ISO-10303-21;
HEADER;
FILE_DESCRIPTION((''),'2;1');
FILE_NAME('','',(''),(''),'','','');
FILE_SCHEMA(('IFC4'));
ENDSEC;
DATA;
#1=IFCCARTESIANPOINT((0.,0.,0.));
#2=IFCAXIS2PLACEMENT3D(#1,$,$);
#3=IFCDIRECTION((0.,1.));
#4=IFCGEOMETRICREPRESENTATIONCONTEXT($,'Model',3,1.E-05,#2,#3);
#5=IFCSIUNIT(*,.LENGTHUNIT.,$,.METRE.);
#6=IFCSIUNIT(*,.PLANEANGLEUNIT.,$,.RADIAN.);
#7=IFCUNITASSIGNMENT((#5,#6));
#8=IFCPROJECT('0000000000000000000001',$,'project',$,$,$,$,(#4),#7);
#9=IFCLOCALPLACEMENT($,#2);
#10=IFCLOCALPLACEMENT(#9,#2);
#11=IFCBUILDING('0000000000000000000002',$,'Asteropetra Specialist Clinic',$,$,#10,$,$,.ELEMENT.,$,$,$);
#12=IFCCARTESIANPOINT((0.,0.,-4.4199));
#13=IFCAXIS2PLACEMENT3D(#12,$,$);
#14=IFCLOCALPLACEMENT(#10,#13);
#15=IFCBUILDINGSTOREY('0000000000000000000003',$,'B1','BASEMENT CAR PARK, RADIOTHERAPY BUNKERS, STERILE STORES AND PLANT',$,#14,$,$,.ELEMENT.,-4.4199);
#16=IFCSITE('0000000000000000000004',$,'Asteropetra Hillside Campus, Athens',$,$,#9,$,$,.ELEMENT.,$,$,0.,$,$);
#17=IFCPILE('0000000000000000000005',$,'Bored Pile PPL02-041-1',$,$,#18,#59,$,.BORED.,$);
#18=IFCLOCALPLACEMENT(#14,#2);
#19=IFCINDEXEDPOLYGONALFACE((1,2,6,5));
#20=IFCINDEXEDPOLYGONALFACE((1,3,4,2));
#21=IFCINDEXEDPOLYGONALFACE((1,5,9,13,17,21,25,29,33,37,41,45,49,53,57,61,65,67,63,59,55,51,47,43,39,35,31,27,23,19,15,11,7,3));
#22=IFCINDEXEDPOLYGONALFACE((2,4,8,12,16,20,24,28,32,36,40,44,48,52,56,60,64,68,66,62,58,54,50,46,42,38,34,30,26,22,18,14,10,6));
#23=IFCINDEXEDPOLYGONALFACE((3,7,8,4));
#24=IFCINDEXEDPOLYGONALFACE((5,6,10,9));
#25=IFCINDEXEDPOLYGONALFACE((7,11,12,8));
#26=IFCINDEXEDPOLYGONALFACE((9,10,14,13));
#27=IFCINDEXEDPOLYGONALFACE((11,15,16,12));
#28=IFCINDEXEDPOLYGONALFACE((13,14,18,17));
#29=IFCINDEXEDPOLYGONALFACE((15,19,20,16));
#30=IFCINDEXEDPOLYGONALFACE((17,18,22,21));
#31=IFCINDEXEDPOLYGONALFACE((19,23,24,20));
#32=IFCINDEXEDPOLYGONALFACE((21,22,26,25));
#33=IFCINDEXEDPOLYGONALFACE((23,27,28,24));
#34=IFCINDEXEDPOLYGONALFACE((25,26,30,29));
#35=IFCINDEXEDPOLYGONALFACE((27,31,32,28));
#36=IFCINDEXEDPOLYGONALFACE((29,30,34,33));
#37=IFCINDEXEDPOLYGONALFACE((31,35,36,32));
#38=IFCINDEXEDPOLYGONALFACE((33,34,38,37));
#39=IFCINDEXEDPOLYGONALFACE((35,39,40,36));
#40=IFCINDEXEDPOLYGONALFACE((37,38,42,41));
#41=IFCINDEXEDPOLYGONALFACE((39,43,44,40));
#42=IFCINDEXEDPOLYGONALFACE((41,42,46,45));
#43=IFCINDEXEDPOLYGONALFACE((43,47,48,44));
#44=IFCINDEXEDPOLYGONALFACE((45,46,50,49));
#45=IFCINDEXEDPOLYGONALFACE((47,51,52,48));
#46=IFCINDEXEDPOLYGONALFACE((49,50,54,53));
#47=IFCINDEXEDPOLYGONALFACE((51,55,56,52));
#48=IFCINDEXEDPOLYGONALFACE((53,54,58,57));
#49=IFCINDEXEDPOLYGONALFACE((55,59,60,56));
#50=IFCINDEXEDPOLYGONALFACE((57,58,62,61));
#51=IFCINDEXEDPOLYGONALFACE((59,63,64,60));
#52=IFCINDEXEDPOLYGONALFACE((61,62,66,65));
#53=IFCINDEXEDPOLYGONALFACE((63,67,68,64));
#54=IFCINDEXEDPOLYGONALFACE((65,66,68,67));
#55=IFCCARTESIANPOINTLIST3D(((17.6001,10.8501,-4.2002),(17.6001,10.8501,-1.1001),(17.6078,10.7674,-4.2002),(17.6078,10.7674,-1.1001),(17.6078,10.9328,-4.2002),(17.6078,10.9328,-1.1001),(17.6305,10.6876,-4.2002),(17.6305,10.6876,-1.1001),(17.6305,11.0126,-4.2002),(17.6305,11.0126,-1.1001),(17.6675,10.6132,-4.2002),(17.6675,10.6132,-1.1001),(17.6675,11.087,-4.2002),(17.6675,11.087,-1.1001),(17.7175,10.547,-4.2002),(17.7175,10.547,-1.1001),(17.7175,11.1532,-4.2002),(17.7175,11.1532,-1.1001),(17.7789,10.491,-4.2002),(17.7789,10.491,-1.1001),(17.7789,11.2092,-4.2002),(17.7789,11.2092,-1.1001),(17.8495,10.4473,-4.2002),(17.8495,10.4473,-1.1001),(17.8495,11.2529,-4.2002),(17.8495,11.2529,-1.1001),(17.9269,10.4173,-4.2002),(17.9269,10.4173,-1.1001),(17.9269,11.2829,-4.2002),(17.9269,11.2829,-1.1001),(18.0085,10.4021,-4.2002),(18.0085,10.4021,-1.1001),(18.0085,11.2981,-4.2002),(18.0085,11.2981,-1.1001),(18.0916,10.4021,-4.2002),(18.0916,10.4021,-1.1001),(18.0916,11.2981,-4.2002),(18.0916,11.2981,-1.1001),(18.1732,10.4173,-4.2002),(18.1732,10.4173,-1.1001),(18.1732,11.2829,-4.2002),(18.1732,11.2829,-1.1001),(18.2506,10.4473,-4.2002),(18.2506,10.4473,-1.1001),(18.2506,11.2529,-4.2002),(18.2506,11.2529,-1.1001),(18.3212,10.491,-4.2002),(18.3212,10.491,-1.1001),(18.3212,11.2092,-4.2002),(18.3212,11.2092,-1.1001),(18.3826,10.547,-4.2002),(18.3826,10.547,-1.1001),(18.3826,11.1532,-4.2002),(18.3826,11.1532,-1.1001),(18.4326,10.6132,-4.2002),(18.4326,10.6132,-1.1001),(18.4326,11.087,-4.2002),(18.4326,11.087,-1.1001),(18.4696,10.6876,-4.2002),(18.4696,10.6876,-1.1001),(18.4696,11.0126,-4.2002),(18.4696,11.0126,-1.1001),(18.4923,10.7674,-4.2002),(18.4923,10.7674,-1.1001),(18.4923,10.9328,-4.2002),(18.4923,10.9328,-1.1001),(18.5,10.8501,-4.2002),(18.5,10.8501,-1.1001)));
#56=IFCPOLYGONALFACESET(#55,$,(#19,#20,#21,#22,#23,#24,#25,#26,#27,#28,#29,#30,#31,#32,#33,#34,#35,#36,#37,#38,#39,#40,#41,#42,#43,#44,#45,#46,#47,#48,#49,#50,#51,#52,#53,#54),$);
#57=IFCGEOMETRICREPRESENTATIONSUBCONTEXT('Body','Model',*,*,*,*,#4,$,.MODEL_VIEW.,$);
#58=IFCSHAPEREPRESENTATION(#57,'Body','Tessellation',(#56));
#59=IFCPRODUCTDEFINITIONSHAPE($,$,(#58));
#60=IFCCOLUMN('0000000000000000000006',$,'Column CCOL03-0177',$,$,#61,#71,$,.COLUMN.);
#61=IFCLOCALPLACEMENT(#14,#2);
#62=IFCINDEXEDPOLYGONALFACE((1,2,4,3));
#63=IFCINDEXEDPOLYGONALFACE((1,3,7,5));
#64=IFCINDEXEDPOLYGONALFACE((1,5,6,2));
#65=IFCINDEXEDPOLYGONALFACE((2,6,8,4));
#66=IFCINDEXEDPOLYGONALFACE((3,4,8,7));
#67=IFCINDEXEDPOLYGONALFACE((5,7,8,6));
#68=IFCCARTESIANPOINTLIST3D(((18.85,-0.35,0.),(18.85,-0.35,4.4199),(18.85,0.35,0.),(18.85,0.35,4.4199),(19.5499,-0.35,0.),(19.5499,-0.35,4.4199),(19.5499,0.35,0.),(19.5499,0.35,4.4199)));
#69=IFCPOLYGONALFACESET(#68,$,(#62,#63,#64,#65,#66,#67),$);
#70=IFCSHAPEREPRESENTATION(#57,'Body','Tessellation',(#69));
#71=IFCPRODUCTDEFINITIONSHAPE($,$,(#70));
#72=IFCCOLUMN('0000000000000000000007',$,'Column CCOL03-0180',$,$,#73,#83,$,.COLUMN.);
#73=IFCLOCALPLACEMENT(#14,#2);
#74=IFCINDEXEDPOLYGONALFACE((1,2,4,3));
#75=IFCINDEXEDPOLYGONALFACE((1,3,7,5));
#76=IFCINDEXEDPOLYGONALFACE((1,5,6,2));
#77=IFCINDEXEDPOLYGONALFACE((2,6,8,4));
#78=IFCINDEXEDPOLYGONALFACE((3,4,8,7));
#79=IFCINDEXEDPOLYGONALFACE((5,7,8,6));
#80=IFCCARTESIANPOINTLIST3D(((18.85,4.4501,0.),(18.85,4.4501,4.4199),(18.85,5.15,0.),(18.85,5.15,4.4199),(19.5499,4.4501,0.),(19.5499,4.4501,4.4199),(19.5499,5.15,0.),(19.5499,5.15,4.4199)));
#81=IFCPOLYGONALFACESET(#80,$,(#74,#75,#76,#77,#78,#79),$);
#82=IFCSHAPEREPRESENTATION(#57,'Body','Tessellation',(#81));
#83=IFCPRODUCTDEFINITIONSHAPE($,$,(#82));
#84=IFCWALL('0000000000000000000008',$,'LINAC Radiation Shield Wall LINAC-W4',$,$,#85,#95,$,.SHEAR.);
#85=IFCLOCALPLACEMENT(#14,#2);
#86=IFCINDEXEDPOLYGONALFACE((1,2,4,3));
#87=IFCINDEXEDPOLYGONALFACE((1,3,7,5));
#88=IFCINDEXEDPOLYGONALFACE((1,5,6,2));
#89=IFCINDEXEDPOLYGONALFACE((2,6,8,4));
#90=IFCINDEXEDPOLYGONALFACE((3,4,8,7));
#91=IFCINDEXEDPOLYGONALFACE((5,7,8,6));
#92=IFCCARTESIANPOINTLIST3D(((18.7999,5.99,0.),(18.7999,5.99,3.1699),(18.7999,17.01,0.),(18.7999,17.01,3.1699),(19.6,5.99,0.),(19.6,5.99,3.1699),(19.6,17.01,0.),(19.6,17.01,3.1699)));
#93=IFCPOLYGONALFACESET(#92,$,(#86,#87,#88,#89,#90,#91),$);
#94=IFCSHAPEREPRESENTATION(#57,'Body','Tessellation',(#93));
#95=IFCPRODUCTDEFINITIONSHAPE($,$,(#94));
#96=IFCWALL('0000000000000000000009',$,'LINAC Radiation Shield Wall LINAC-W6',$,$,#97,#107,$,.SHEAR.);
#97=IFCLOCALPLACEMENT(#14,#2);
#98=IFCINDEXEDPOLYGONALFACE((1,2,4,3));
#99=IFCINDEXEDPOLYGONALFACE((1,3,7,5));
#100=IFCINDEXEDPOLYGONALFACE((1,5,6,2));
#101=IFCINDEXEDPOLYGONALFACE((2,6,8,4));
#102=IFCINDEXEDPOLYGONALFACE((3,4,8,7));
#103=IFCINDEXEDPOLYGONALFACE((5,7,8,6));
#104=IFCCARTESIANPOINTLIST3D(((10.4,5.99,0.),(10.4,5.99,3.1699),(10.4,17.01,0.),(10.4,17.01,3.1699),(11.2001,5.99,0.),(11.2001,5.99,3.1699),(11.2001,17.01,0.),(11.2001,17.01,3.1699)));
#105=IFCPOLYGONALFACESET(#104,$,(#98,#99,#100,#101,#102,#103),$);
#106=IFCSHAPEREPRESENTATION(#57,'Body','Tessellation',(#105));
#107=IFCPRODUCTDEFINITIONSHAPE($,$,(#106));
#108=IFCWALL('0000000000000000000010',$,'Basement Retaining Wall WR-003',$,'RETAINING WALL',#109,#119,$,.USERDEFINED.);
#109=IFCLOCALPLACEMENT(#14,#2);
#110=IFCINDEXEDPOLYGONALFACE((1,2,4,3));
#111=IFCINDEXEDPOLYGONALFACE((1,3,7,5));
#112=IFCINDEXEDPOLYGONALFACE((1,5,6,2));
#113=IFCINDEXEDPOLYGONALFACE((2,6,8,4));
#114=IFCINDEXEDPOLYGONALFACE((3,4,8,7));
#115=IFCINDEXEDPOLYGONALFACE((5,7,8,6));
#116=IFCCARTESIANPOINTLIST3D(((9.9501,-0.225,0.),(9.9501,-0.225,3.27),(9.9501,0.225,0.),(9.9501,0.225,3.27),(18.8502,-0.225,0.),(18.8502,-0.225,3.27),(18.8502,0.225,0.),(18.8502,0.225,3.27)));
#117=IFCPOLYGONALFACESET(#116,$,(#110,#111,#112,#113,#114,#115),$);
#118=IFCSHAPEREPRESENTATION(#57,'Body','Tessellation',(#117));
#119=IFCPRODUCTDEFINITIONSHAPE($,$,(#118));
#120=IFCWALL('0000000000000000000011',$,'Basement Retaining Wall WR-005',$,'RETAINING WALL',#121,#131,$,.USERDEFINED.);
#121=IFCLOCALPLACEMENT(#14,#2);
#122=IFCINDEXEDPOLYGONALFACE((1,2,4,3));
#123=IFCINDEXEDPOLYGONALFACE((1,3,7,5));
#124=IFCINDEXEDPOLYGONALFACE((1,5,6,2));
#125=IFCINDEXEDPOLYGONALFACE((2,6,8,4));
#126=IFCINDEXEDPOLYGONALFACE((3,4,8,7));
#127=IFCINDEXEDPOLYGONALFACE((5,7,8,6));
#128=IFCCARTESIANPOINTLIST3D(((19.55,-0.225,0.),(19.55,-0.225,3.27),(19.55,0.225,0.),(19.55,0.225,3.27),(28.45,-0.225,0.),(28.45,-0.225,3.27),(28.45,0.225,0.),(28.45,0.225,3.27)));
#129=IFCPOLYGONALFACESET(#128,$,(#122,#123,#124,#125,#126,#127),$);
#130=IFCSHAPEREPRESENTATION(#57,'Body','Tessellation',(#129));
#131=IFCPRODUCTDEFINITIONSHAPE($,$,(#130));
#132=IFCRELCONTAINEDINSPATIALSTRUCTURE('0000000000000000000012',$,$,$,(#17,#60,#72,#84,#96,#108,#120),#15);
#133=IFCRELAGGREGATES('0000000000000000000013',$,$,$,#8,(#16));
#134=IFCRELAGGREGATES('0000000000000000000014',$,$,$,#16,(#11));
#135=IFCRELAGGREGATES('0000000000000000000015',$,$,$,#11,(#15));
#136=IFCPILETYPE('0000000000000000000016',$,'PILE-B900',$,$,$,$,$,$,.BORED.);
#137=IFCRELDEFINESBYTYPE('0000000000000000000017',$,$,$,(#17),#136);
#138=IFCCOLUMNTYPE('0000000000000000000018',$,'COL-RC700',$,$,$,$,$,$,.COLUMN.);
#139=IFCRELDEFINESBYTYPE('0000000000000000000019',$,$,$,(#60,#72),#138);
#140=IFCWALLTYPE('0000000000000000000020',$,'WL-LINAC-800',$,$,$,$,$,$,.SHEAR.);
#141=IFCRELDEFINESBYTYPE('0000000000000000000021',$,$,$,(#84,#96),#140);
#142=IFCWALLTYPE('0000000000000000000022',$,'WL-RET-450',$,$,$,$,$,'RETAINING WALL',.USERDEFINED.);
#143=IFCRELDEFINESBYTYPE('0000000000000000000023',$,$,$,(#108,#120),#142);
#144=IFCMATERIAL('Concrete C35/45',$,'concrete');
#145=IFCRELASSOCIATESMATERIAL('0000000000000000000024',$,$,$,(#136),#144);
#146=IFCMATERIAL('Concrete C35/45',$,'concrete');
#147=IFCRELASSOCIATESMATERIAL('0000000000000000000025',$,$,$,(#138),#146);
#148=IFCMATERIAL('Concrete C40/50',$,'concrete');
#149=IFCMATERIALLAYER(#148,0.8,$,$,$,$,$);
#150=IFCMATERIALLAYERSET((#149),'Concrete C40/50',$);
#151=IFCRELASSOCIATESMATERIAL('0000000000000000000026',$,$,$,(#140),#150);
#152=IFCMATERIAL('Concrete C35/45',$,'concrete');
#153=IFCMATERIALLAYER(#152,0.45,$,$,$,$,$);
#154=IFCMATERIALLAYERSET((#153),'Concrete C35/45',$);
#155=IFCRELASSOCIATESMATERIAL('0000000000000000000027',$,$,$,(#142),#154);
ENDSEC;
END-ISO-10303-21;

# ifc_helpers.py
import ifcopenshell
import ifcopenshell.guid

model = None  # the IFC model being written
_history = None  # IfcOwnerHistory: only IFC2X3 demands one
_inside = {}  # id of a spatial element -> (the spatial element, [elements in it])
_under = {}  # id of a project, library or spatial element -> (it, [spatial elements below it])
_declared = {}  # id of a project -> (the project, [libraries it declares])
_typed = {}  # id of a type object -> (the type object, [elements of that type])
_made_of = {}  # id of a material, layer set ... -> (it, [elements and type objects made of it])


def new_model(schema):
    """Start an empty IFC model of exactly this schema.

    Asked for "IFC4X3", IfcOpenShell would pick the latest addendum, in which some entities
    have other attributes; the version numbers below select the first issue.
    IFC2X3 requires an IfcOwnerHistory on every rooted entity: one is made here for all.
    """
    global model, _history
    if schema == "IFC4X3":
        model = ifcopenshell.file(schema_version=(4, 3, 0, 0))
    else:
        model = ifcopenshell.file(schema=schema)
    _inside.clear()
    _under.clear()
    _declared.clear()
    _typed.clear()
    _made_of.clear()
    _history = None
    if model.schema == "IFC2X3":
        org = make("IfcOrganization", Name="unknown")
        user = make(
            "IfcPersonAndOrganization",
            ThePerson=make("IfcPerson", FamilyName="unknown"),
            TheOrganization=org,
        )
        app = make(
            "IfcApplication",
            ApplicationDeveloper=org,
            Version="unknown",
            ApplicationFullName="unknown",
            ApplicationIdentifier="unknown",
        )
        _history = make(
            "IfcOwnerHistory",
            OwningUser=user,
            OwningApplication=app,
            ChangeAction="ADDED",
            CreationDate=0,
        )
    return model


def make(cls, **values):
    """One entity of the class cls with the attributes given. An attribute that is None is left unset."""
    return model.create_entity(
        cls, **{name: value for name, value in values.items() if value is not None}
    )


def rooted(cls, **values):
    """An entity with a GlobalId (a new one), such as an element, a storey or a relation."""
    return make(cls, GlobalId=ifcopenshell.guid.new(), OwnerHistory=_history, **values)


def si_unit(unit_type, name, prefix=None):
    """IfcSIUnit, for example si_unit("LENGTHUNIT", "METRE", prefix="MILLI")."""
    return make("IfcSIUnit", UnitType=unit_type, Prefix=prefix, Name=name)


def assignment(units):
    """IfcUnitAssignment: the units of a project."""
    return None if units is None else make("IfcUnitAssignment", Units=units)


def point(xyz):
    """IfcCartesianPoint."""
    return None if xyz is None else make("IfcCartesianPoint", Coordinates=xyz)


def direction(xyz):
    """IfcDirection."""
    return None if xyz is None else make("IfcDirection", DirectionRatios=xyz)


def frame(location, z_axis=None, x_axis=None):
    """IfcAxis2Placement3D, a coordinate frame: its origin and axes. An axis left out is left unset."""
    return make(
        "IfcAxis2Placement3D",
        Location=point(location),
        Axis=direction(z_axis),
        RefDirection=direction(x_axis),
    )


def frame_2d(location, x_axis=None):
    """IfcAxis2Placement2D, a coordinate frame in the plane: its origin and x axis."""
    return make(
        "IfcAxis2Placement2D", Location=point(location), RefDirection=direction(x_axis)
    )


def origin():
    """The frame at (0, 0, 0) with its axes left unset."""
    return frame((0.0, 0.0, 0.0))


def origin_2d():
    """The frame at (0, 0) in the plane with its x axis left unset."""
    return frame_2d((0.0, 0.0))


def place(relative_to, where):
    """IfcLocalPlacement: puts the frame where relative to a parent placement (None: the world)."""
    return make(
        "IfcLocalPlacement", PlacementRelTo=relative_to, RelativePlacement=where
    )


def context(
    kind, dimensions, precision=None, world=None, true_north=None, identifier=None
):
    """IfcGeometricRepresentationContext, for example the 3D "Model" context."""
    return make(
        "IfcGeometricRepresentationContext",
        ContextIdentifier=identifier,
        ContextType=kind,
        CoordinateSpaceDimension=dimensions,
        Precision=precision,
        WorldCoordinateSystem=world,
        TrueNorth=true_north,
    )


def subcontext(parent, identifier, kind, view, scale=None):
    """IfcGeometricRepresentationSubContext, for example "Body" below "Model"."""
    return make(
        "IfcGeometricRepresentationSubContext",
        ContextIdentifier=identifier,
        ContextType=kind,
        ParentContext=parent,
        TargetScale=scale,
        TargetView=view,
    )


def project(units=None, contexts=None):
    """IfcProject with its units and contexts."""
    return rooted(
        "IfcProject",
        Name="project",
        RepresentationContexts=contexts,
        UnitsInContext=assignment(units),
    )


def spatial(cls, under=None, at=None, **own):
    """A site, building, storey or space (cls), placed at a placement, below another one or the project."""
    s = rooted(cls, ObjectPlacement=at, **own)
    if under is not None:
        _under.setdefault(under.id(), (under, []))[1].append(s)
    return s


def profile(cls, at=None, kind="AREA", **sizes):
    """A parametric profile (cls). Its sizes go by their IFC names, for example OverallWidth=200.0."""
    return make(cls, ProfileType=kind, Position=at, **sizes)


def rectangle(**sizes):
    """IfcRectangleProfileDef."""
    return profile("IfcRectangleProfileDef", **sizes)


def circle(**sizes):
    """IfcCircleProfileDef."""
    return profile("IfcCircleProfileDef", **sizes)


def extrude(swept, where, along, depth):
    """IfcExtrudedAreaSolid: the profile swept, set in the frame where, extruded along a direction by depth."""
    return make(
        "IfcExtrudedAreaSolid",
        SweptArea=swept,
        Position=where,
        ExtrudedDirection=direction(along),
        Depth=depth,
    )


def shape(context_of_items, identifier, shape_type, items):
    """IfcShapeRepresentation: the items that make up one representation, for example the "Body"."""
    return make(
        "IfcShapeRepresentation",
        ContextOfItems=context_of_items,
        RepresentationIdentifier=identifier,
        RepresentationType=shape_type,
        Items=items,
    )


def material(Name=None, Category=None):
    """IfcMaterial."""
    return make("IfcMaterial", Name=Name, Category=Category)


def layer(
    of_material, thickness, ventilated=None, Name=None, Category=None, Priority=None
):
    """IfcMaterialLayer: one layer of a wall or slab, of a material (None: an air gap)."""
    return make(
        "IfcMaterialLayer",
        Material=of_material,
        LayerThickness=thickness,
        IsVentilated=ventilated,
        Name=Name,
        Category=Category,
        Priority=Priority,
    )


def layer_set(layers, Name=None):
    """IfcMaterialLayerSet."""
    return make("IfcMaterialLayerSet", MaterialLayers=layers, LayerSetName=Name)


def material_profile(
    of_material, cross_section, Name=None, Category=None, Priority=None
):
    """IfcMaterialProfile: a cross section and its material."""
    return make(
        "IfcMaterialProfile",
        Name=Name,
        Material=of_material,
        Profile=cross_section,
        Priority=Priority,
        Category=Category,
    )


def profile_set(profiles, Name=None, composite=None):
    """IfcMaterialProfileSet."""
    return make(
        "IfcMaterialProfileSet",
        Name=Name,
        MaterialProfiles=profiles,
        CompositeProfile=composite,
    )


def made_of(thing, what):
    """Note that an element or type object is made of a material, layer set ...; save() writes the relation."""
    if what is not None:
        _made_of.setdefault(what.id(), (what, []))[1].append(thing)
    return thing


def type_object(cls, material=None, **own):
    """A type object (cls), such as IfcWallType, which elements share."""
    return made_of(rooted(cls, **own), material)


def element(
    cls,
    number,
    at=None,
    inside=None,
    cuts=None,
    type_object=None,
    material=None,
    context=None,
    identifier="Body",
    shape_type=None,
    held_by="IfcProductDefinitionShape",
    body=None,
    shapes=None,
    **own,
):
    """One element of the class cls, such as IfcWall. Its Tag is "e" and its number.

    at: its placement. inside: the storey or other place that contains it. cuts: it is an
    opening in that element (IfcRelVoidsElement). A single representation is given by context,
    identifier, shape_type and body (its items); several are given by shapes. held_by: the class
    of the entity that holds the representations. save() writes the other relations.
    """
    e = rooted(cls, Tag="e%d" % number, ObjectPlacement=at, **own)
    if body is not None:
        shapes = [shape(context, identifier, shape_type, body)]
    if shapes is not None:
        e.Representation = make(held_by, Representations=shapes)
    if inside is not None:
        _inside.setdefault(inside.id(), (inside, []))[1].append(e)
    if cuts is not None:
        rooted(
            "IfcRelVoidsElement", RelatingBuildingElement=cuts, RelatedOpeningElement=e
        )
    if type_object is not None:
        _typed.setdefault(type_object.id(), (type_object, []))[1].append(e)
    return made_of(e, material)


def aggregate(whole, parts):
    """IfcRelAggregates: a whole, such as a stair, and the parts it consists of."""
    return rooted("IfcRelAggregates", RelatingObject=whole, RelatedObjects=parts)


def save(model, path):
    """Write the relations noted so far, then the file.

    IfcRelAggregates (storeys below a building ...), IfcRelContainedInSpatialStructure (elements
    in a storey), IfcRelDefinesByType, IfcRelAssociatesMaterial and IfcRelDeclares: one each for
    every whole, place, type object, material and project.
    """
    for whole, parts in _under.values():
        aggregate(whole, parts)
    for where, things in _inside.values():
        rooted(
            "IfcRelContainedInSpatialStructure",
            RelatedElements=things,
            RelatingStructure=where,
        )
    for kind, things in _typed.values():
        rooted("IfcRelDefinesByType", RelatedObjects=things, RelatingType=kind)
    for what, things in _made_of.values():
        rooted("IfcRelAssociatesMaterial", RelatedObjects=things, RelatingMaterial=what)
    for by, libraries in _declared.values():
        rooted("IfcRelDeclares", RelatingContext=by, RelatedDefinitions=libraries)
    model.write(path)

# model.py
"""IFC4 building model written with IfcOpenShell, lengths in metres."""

from ifc_helpers import new_model, si_unit, direction, frame, frame_2d, origin, origin_2d, place, context, subcontext, project, spatial, rectangle, circle, extrude, material, layer, layer_set, material_profile, profile_set, type_object, element, save


model = new_model("IFC4")

# Units and contexts
model_context = context("Model", 3, precision=1e-05, world=origin(), true_north=direction((0.0, 1.0)))
body_context = subcontext(model_context, "Body", "Model", "MODEL_VIEW")
ifc_project = project(units=[si_unit("LENGTHUNIT", "METRE"), si_unit("PLANEANGLEUNIT", "RADIAN")], contexts=[model_context])

# Site, building, storey
site_placement = place(None, origin())
site = spatial("IfcSite", under=ifc_project, at=site_placement, Name="Asteropetra Hillside Campus, Athens", CompositionType="ELEMENT", RefElevation=0.0)
building_placement = place(site_placement, origin())
building = spatial("IfcBuilding", under=site, at=building_placement, Name="Asteropetra Specialist Clinic", CompositionType="ELEMENT")
storey_placement = place(building_placement, frame((0.0, 0.0, -4.4199)))
storey = spatial("IfcBuildingStorey", under=building, at=storey_placement, Name="B1", Description="BASEMENT CAR PARK, RADIOTHERAPY BUNKERS, STERILE STORES AND PLANT", CompositionType="ELEMENT", Elevation=-4.4199)

# Pile
ifc_material_1 = material(Name="Concrete C35/45", Category="concrete")
ifc_material_profile_1 = material_profile(ifc_material_1, circle(Radius=0.45, at=origin_2d()), Name="PILE D900")
ifc_profile_set_1 = profile_set([ifc_material_profile_1], Name="Concrete C35/45")
pile_type_1 = type_object("IfcPileType", Name="PILE-B900", PredefinedType="BORED", material=ifc_profile_set_1)
for number, where, z_axis, x_axis, name in (
    (1, (18.05, 10.8501, -1.1001), (0.0, 0.0, -1.0), (1.0, 0.0, 0.0), "Bored Pile PPL02-041-1"),
):
    element("IfcPile", number, at=place(storey_placement, frame(where, z_axis=z_axis, x_axis=x_axis)), inside=storey, type_object=pile_type_1, Name=name, PredefinedType="BORED", context=body_context, shape_type="SweptSolid", body=[
        extrude(circle(Radius=0.45, at=origin_2d()), origin(), (0.0, 0.0, 1.0), 3.1001),
    ])

# Columns
ifc_material_2 = material(Name="Concrete C35/45", Category="concrete")
ifc_material_profile_2 = material_profile(ifc_material_2, rectangle(XDim=0.7, YDim=0.7, at=origin_2d()), Name="RC 700x700")
ifc_profile_set_2 = profile_set([ifc_material_profile_2], Name="Concrete C35/45")
column_type = type_object("IfcColumnType", Name="COL-RC700", PredefinedType="COLUMN", material=ifc_profile_set_2)
for number, where, z_axis, x_axis, name in (
    (2, (19.2, 0.0, 0.0), (0.0, 0.0, 1.0), (1.0, 0.0, 0.0), "Column CCOL03-0177"),
    (3, (19.2, 4.8, 0.0), (0.0, 0.0, 1.0), (1.0, 0.0, 0.0), "Column CCOL03-0180"),
):
    element("IfcColumn", number, at=place(storey_placement, frame(where, z_axis=z_axis, x_axis=x_axis)), inside=storey, type_object=column_type, Name=name, PredefinedType="COLUMN", context=body_context, shape_type="SweptSolid", body=[
        extrude(rectangle(XDim=0.7, YDim=0.7, at=origin_2d()), origin(), (0.0, 0.0, 1.0), 4.4199),
    ])

# Walls
ifc_material_3 = material(Name="Concrete C40/50", Category="concrete")
ifc_layer_1 = layer(ifc_material_3, 0.8)
ifc_layer_set_1 = layer_set([ifc_layer_1], Name="Concrete C40/50")
wall_type_1 = type_object("IfcWallType", Name="WL-LINAC-800", PredefinedType="SHEAR", material=ifc_layer_set_1)
for number, where, z_axis, x_axis, name in (
    (4, (19.2, 5.99, 0.0), (0.0, 0.0, 1.0), (0.0, 1.0, 0.0), "LINAC Radiation Shield Wall LINAC-W4"),
    (5, (10.8, 5.99, 0.0), (0.0, 0.0, 1.0), (0.0, 1.0, 0.0), "LINAC Radiation Shield Wall LINAC-W6"),
):
    element("IfcWall", number, at=place(storey_placement, frame(where, z_axis=z_axis, x_axis=x_axis)), inside=storey, type_object=wall_type_1, Name=name, PredefinedType="SHEAR", context=body_context, shape_type="SweptSolid", body=[
        extrude(rectangle(XDim=11.02, YDim=0.8, at=frame_2d((5.51, 0.0))), origin(), (0.0, 0.0, 1.0), 3.1699),
    ])
ifc_material_4 = material(Name="Concrete C35/45", Category="concrete")
ifc_layer_2 = layer(ifc_material_4, 0.45)
ifc_layer_set_2 = layer_set([ifc_layer_2], Name="Concrete C35/45")
wall_type_2 = type_object("IfcWallType", Name="WL-RET-450", ElementType="RETAINING WALL", PredefinedType="USERDEFINED", material=ifc_layer_set_2)
wall_1_placement = place(storey_placement, frame((9.95, 0.0, 0.0), z_axis=(0.0, 0.0, 1.0), x_axis=(1.0, 0.0, 0.0)))
element("IfcWall", 6, at=wall_1_placement, inside=storey, type_object=wall_type_2, Name="Basement Retaining Wall WR-003", ObjectType="RETAINING WALL", PredefinedType="USERDEFINED", context=body_context, shape_type="SweptSolid", body=[
    extrude(rectangle(XDim=8.9001, YDim=0.45, at=frame_2d((4.4502, 0.0))), origin(), (0.0, 0.0, 1.0), 3.27),
])
wall_2_placement = place(storey_placement, frame((19.55, 0.0, 0.0), z_axis=(0.0, 0.0, 1.0), x_axis=(1.0, 0.0, 0.0)))
element("IfcWall", 7, at=wall_2_placement, inside=storey, type_object=wall_type_2, Name="Basement Retaining Wall WR-005", ObjectType="RETAINING WALL", PredefinedType="USERDEFINED", context=body_context, shape_type="SweptSolid", body=[
    extrude(rectangle(XDim=8.8999, YDim=0.45, at=frame_2d((4.45, 0.0))), origin(), (0.0, 0.0, 1.0), 3.27),
])

save(model, "model.ifc")
